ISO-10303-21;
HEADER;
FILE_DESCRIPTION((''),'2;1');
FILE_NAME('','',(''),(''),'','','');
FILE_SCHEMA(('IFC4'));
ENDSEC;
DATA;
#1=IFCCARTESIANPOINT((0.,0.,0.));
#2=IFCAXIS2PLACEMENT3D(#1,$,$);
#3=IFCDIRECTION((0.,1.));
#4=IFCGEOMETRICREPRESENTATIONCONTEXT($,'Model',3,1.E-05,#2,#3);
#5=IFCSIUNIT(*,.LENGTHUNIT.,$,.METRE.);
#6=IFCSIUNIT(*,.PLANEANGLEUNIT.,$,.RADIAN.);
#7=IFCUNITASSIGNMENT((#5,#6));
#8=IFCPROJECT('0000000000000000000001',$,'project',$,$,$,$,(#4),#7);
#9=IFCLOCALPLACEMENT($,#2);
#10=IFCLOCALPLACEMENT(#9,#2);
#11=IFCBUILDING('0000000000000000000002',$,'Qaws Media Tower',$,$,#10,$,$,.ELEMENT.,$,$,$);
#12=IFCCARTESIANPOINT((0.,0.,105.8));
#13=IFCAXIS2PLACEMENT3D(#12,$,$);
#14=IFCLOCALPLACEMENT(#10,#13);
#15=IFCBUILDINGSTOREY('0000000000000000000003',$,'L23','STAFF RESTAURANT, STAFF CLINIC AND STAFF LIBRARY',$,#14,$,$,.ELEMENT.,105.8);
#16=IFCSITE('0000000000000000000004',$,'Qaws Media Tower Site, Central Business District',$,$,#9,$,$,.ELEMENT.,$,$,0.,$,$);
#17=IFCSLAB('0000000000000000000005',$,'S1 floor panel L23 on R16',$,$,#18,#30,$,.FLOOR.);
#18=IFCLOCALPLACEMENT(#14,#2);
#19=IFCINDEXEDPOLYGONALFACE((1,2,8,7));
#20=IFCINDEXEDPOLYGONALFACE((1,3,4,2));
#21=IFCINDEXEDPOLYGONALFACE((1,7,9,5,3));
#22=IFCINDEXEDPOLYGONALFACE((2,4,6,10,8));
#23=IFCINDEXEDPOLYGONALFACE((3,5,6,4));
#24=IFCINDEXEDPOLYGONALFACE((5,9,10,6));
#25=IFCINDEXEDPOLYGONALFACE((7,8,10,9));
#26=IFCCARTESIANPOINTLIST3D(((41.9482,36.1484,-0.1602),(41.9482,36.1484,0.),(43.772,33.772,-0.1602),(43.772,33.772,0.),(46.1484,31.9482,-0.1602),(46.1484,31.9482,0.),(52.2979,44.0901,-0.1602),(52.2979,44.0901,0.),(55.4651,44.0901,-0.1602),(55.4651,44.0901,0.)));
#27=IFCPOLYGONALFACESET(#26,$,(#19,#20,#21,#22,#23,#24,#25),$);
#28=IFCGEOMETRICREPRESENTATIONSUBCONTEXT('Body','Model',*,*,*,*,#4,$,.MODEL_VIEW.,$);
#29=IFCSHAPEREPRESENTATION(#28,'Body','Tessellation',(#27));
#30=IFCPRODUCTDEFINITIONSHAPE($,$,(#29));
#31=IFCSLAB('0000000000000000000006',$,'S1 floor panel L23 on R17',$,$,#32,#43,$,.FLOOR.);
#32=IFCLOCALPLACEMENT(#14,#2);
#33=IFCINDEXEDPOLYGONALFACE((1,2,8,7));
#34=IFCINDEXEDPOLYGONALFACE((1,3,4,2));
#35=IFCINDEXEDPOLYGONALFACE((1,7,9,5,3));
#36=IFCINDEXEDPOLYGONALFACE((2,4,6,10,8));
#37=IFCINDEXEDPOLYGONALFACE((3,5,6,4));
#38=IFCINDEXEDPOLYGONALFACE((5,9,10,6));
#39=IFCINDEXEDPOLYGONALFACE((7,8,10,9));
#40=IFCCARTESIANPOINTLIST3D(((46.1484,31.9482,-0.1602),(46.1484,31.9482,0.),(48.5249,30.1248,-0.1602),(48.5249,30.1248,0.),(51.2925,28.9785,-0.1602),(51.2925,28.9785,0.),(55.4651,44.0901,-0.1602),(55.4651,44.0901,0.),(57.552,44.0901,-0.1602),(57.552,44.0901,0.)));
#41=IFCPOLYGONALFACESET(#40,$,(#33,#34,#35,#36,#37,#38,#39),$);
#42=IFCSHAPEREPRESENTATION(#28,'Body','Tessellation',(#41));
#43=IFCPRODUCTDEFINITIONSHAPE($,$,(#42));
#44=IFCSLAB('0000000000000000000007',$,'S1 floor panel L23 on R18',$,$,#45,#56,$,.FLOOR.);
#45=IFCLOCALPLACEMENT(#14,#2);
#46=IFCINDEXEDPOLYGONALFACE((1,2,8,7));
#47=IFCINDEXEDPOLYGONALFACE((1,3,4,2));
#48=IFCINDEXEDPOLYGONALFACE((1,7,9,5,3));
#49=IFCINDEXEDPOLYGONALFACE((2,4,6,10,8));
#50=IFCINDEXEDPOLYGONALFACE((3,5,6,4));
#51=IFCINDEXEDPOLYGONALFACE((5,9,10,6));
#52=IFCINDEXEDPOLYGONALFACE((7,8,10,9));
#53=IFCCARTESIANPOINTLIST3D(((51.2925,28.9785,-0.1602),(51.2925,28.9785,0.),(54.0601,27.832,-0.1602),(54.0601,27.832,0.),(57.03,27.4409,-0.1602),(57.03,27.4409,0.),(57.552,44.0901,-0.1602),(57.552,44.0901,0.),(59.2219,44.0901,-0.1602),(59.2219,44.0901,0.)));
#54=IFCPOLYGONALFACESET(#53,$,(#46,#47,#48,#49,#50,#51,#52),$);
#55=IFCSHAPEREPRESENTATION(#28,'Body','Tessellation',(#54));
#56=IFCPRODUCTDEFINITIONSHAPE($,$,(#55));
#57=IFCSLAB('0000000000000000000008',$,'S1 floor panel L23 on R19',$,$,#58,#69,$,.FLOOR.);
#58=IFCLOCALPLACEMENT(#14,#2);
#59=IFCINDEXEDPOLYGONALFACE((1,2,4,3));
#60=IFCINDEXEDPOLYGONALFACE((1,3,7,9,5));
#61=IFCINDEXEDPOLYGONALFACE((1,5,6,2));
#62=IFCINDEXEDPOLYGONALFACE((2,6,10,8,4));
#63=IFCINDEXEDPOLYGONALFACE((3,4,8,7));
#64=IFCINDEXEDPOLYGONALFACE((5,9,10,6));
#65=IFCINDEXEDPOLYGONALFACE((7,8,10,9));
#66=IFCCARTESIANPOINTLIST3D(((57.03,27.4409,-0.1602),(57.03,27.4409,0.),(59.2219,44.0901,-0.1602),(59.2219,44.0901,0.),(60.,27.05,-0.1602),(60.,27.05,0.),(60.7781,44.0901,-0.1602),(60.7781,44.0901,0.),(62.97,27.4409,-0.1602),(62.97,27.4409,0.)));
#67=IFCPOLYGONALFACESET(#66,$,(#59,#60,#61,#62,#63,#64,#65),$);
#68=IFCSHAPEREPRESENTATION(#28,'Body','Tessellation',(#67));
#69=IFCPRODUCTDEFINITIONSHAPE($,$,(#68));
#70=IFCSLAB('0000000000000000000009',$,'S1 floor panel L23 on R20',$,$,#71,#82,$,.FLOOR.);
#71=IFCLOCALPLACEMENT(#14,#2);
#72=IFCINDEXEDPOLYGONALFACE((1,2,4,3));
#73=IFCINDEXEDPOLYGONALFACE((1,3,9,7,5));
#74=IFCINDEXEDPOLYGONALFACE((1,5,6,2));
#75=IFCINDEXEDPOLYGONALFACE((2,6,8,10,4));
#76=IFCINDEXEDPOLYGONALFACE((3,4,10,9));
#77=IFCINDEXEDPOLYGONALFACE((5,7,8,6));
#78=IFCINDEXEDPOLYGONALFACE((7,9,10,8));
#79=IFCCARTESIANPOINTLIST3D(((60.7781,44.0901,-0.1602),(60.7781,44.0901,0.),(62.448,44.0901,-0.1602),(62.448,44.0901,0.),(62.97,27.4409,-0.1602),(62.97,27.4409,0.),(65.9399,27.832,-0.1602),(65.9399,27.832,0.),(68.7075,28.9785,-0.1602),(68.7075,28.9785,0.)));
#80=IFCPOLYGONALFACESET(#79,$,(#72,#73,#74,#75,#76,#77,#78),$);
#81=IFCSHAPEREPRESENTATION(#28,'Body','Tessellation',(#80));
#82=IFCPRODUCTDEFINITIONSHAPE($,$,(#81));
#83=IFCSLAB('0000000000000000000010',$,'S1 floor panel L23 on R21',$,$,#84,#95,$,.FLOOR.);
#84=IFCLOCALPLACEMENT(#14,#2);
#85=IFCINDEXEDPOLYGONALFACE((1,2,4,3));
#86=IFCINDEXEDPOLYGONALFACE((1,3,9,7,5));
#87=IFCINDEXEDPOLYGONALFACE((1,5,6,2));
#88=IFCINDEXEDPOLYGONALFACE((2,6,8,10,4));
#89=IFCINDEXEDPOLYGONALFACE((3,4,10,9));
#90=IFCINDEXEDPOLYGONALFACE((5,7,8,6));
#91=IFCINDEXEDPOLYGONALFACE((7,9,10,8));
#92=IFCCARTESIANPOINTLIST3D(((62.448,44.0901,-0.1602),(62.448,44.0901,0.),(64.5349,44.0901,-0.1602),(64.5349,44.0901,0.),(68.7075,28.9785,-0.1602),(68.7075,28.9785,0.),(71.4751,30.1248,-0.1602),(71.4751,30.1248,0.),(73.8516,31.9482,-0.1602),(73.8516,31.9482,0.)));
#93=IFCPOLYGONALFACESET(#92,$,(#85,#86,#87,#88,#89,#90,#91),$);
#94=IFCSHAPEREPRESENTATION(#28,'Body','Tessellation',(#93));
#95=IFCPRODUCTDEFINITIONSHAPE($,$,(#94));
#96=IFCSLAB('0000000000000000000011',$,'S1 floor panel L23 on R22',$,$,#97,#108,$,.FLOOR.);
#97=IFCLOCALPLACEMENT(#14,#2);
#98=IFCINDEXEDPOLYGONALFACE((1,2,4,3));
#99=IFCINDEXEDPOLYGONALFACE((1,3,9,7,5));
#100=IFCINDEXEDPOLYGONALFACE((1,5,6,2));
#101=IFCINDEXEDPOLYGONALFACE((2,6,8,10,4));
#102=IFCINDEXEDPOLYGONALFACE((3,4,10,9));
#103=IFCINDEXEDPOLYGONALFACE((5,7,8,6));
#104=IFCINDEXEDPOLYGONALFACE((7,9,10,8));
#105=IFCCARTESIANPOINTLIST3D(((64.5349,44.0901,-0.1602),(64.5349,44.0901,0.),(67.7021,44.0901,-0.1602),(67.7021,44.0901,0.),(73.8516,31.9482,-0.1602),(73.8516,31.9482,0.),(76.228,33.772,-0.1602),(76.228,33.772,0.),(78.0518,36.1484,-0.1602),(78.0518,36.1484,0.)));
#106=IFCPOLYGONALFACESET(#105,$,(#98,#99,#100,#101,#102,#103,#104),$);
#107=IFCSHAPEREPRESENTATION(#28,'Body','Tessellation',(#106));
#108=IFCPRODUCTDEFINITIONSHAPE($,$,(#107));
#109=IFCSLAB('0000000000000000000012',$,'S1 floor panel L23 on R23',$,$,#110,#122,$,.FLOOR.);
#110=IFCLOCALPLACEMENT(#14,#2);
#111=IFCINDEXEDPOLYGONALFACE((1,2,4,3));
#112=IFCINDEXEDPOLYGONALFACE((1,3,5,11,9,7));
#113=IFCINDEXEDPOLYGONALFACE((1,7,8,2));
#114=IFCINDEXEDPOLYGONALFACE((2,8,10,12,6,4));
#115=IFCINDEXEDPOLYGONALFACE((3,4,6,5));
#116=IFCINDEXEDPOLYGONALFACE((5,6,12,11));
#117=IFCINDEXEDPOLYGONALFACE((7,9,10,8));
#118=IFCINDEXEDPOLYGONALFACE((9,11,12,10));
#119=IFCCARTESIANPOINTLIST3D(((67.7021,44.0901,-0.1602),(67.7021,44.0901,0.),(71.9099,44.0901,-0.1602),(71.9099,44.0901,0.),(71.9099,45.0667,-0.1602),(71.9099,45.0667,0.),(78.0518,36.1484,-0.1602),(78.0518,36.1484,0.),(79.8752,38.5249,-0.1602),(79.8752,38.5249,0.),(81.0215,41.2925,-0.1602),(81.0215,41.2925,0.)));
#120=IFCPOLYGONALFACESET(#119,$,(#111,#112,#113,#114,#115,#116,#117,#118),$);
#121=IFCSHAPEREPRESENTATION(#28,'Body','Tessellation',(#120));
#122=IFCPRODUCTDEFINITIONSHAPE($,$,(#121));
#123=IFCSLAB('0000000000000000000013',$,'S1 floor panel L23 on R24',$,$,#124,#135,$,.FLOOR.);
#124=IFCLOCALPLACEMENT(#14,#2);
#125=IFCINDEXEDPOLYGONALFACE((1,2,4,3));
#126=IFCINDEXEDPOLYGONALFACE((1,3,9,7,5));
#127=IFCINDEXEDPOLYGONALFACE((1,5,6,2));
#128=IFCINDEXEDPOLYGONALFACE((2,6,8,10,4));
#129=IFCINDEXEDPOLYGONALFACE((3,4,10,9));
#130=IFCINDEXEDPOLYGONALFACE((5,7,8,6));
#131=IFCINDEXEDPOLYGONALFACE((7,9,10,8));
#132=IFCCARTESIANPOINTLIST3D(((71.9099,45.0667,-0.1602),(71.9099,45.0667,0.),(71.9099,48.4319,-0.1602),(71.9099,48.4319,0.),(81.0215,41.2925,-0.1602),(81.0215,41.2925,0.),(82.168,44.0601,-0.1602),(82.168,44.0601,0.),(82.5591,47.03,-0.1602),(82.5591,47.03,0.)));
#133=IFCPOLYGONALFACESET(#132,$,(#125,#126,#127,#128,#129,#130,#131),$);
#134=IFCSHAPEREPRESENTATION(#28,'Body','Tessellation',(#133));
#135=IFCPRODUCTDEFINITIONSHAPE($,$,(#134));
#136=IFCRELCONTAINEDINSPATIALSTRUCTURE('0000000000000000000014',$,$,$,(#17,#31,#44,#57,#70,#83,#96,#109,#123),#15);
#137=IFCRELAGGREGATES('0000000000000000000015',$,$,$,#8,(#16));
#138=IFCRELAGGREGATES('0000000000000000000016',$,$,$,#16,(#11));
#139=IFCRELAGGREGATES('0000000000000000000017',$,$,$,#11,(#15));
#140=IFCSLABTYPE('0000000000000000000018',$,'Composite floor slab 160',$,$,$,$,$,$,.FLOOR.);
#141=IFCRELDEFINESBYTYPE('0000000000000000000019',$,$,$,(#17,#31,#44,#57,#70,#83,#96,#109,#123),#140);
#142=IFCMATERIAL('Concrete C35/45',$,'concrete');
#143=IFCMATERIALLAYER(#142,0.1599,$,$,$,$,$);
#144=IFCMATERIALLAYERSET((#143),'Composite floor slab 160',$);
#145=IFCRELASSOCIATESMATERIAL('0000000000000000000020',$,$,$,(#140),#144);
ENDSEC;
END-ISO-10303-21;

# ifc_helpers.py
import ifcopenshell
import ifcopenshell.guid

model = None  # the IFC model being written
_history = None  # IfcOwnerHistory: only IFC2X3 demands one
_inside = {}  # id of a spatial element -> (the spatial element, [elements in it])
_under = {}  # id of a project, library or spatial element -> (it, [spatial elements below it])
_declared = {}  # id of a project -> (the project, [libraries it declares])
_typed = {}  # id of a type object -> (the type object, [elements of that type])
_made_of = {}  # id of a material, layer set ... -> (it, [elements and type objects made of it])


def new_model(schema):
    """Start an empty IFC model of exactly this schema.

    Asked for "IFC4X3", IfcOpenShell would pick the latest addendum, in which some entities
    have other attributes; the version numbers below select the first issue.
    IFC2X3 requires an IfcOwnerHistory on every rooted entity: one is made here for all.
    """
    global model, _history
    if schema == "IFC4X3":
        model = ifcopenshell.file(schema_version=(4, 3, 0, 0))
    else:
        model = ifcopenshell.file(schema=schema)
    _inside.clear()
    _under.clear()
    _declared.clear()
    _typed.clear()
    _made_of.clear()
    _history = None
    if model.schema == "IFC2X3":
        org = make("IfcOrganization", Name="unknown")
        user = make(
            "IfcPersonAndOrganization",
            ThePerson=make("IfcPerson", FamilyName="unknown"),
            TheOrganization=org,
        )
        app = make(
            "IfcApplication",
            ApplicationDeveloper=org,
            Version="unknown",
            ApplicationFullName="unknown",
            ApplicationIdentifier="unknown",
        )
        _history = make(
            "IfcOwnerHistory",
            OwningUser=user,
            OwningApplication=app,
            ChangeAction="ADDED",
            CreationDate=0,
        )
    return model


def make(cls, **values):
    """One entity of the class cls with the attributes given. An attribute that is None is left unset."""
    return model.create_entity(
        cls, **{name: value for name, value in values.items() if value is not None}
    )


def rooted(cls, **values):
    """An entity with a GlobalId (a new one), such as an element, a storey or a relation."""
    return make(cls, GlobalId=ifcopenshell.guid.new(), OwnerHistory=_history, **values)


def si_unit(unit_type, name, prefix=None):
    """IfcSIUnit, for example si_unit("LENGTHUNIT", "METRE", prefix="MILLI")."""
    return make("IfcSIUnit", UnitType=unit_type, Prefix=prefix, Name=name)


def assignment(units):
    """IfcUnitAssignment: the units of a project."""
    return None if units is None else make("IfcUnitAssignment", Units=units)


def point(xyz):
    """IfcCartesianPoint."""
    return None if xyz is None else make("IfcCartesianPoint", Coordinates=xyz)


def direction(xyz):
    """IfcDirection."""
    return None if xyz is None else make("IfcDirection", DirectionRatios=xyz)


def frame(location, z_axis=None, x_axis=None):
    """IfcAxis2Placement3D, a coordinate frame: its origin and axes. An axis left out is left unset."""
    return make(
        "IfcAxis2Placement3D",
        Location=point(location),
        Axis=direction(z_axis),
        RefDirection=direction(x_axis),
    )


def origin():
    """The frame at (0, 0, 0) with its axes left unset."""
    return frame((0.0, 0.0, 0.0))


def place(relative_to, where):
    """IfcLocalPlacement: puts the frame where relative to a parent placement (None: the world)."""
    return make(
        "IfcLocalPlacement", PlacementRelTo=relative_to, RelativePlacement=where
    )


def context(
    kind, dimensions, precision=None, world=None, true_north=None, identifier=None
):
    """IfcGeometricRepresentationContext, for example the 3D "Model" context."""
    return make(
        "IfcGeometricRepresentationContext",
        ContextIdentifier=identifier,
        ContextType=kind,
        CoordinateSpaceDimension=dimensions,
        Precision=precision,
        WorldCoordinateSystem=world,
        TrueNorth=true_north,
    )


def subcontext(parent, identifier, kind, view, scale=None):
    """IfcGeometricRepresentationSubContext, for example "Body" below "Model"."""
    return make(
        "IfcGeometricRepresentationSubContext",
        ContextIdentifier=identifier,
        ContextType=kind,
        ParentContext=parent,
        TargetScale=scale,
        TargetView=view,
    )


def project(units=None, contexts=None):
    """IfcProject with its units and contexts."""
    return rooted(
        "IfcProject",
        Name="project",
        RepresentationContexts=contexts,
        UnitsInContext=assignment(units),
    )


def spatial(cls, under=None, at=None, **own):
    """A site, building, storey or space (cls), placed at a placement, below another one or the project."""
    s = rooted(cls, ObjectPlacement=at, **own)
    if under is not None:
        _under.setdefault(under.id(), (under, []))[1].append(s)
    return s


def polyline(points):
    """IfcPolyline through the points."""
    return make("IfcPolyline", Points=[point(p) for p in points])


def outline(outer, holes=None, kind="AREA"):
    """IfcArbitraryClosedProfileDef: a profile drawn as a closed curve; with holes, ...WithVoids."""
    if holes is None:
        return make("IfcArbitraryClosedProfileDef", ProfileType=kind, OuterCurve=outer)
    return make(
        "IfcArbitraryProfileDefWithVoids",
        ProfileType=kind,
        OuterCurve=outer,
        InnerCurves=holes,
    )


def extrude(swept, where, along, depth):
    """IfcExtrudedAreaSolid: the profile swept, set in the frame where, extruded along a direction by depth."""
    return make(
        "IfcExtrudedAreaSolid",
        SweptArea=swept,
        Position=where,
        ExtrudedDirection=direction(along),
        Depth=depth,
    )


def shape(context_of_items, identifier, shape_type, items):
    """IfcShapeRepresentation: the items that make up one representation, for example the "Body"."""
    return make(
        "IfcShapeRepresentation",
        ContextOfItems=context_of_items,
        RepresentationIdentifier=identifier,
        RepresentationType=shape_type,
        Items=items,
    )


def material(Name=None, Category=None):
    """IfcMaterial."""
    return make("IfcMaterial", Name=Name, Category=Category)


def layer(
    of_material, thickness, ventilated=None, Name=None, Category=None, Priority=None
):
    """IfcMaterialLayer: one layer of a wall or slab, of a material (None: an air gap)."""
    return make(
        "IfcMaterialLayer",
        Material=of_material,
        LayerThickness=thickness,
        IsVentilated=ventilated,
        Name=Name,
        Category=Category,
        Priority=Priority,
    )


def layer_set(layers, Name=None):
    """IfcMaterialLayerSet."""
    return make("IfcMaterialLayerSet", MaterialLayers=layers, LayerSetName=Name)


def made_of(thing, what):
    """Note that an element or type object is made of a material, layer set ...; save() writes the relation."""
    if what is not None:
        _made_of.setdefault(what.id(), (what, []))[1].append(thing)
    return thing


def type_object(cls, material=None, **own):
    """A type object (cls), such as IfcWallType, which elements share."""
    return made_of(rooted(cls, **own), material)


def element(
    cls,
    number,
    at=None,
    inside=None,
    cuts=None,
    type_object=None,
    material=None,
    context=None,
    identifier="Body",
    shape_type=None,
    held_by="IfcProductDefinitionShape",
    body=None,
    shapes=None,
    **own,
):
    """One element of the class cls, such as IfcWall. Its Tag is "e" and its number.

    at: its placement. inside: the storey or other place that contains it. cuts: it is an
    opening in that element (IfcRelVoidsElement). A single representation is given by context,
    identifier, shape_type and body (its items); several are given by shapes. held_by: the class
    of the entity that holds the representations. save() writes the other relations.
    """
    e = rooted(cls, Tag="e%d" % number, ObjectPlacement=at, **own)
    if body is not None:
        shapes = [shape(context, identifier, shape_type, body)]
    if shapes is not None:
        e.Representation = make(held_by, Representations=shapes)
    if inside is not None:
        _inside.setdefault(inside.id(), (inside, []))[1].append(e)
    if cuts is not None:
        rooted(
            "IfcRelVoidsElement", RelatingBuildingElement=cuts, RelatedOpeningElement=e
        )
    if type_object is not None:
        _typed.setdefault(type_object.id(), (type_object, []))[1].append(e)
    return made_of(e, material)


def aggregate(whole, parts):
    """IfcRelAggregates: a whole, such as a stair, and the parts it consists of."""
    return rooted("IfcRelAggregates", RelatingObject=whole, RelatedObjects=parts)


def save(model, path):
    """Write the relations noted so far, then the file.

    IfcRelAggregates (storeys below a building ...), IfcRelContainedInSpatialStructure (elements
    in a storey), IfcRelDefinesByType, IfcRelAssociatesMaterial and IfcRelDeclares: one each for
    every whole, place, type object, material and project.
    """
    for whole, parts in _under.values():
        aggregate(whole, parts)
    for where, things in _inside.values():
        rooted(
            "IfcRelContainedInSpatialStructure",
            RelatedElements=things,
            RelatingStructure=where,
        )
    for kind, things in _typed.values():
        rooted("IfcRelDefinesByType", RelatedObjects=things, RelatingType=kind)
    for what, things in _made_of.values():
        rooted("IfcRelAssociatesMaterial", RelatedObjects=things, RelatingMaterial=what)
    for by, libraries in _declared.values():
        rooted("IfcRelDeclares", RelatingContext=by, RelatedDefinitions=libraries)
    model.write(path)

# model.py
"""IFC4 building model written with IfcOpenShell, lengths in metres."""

from ifc_helpers import new_model, si_unit, direction, frame, origin, place, context, subcontext, project, spatial, polyline, outline, extrude, material, layer, layer_set, type_object, element, save


model = new_model("IFC4")

# Units and contexts
model_context = context("Model", 3, precision=1e-05, world=origin(), true_north=direction((0.0, 1.0)))
body_context = subcontext(model_context, "Body", "Model", "MODEL_VIEW")
ifc_project = project(units=[si_unit("LENGTHUNIT", "METRE"), si_unit("PLANEANGLEUNIT", "RADIAN")], contexts=[model_context])

# Site, building, storey
site_placement = place(None, origin())
site = spatial("IfcSite", under=ifc_project, at=site_placement, Name="Qaws Media Tower Site, Central Business District", CompositionType="ELEMENT", RefElevation=0.0)
building_placement = place(site_placement, origin())
building = spatial("IfcBuilding", under=site, at=building_placement, Name="Qaws Media Tower", CompositionType="ELEMENT")
storey_placement = place(building_placement, frame((0.0, 0.0, 105.8)))
storey = spatial("IfcBuildingStorey", under=building, at=storey_placement, Name="L23", Description="STAFF RESTAURANT, STAFF CLINIC AND STAFF LIBRARY", CompositionType="ELEMENT", Elevation=105.8)

# Slabs
ifc_material_1 = material(Name="Concrete C35/45", Category="concrete")
ifc_layer_1 = layer(ifc_material_1, 0.1599)
ifc_layer_set_1 = layer_set([ifc_layer_1], Name="Composite floor slab 160")
slab_type_1 = type_object("IfcSlabType", Name="Composite floor slab 160", PredefinedType="FLOOR", material=ifc_layer_set_1)
slab_1_placement = place(storey_placement, frame((0.0, 0.0, -0.1602)))
element("IfcSlab", 1, at=slab_1_placement, inside=storey, type_object=slab_type_1, Name="S1 floor panel L23 on R16", PredefinedType="FLOOR", context=body_context, shape_type="SweptSolid", body=[
    extrude(outline(polyline([(43.772, 33.772), (41.9482, 36.1484), (52.2979, 44.0901), (55.4651, 44.0901), (46.1484, 31.9482), (43.772, 33.772)])), origin(), (0.0, 0.0, 1.0), 0.1602),
])
slab_2_placement = place(storey_placement, frame((0.0, 0.0, -0.1602)))
element("IfcSlab", 2, at=slab_2_placement, inside=storey, type_object=slab_type_1, Name="S1 floor panel L23 on R17", PredefinedType="FLOOR", context=body_context, shape_type="SweptSolid", body=[
    extrude(outline(polyline([(48.5249, 30.1248), (46.1484, 31.9482), (55.4651, 44.0901), (57.552, 44.0901), (51.2925, 28.9785), (48.5249, 30.1248)])), origin(), (0.0, 0.0, 1.0), 0.1602),
])
slab_3_placement = place(storey_placement, frame((0.0, 0.0, -0.1602)))
element("IfcSlab", 3, at=slab_3_placement, inside=storey, type_object=slab_type_1, Name="S1 floor panel L23 on R18", PredefinedType="FLOOR", context=body_context, shape_type="SweptSolid", body=[
    extrude(outline(polyline([(54.0601, 27.832), (51.2925, 28.9785), (57.552, 44.0901), (59.2219, 44.0901), (57.03, 27.4409), (54.0601, 27.832)])), origin(), (0.0, 0.0, 1.0), 0.1602),
])
slab_4_placement = place(storey_placement, frame((0.0, 0.0, -0.1602)))
element("IfcSlab", 4, at=slab_4_placement, inside=storey, type_object=slab_type_1, Name="S1 floor panel L23 on R19", PredefinedType="FLOOR", context=body_context, shape_type="SweptSolid", body=[
    extrude(outline(polyline([(60.0, 27.05), (57.03, 27.4409), (59.2219, 44.0901), (60.7781, 44.0901), (62.97, 27.4409), (60.0, 27.05)])), origin(), (0.0, 0.0, 1.0), 0.1602),
])
slab_5_placement = place(storey_placement, frame((0.0, 0.0, -0.1602)))
element("IfcSlab", 5, at=slab_5_placement, inside=storey, type_object=slab_type_1, Name="S1 floor panel L23 on R20", PredefinedType="FLOOR", context=body_context, shape_type="SweptSolid", body=[
    extrude(outline(polyline([(65.9399, 27.832), (62.97, 27.4409), (60.7781, 44.0901), (62.448, 44.0901), (68.7075, 28.9785), (65.9399, 27.832)])), origin(), (0.0, 0.0, 1.0), 0.1602),
])
slab_6_placement = place(storey_placement, frame((0.0, 0.0, -0.1602)))
element("IfcSlab", 6, at=slab_6_placement, inside=storey, type_object=slab_type_1, Name="S1 floor panel L23 on R21", PredefinedType="FLOOR", context=body_context, shape_type="SweptSolid", body=[
    extrude(outline(polyline([(71.4751, 30.1248), (68.7075, 28.9785), (62.448, 44.0901), (64.5349, 44.0901), (73.8516, 31.9482), (71.4751, 30.1248)])), origin(), (0.0, 0.0, 1.0), 0.1602),
])
slab_7_placement = place(storey_placement, frame((0.0, 0.0, -0.1602)))
element("IfcSlab", 7, at=slab_7_placement, inside=storey, type_object=slab_type_1, Name="S1 floor panel L23 on R22", PredefinedType="FLOOR", context=body_context, shape_type="SweptSolid", body=[
    extrude(outline(polyline([(76.228, 33.772), (73.8516, 31.9482), (64.5349, 44.0901), (67.7021, 44.0901), (78.0518, 36.1484), (76.228, 33.772)])), origin(), (0.0, 0.0, 1.0), 0.1602),
])
slab_8_placement = place(storey_placement, frame((0.0, 0.0, -0.1602)))
element("IfcSlab", 8, at=slab_8_placement, inside=storey, type_object=slab_type_1, Name="S1 floor panel L23 on R23", PredefinedType="FLOOR", context=body_context, shape_type="SweptSolid", body=[
    extrude(outline(polyline([(78.0518, 36.1484), (67.7021, 44.0901), (71.9099, 44.0901), (71.9099, 45.0667), (81.0215, 41.2925), (79.8752, 38.5249), (78.0518, 36.1484)])), origin(), (0.0, 0.0, 1.0), 0.1602),
])
slab_9_placement = place(storey_placement, frame((0.0, 0.0, -0.1602)))
element("IfcSlab", 9, at=slab_9_placement, inside=storey, type_object=slab_type_1, Name="S1 floor panel L23 on R24", PredefinedType="FLOOR", context=body_context, shape_type="SweptSolid", body=[
    extrude(outline(polyline([(82.168, 44.0601), (81.0215, 41.2925), (71.9099, 45.0667), (71.9099, 48.4319), (82.5591, 47.03), (82.168, 44.0601)])), origin(), (0.0, 0.0, 1.0), 0.1602),
])

save(model, "model.ifc")
